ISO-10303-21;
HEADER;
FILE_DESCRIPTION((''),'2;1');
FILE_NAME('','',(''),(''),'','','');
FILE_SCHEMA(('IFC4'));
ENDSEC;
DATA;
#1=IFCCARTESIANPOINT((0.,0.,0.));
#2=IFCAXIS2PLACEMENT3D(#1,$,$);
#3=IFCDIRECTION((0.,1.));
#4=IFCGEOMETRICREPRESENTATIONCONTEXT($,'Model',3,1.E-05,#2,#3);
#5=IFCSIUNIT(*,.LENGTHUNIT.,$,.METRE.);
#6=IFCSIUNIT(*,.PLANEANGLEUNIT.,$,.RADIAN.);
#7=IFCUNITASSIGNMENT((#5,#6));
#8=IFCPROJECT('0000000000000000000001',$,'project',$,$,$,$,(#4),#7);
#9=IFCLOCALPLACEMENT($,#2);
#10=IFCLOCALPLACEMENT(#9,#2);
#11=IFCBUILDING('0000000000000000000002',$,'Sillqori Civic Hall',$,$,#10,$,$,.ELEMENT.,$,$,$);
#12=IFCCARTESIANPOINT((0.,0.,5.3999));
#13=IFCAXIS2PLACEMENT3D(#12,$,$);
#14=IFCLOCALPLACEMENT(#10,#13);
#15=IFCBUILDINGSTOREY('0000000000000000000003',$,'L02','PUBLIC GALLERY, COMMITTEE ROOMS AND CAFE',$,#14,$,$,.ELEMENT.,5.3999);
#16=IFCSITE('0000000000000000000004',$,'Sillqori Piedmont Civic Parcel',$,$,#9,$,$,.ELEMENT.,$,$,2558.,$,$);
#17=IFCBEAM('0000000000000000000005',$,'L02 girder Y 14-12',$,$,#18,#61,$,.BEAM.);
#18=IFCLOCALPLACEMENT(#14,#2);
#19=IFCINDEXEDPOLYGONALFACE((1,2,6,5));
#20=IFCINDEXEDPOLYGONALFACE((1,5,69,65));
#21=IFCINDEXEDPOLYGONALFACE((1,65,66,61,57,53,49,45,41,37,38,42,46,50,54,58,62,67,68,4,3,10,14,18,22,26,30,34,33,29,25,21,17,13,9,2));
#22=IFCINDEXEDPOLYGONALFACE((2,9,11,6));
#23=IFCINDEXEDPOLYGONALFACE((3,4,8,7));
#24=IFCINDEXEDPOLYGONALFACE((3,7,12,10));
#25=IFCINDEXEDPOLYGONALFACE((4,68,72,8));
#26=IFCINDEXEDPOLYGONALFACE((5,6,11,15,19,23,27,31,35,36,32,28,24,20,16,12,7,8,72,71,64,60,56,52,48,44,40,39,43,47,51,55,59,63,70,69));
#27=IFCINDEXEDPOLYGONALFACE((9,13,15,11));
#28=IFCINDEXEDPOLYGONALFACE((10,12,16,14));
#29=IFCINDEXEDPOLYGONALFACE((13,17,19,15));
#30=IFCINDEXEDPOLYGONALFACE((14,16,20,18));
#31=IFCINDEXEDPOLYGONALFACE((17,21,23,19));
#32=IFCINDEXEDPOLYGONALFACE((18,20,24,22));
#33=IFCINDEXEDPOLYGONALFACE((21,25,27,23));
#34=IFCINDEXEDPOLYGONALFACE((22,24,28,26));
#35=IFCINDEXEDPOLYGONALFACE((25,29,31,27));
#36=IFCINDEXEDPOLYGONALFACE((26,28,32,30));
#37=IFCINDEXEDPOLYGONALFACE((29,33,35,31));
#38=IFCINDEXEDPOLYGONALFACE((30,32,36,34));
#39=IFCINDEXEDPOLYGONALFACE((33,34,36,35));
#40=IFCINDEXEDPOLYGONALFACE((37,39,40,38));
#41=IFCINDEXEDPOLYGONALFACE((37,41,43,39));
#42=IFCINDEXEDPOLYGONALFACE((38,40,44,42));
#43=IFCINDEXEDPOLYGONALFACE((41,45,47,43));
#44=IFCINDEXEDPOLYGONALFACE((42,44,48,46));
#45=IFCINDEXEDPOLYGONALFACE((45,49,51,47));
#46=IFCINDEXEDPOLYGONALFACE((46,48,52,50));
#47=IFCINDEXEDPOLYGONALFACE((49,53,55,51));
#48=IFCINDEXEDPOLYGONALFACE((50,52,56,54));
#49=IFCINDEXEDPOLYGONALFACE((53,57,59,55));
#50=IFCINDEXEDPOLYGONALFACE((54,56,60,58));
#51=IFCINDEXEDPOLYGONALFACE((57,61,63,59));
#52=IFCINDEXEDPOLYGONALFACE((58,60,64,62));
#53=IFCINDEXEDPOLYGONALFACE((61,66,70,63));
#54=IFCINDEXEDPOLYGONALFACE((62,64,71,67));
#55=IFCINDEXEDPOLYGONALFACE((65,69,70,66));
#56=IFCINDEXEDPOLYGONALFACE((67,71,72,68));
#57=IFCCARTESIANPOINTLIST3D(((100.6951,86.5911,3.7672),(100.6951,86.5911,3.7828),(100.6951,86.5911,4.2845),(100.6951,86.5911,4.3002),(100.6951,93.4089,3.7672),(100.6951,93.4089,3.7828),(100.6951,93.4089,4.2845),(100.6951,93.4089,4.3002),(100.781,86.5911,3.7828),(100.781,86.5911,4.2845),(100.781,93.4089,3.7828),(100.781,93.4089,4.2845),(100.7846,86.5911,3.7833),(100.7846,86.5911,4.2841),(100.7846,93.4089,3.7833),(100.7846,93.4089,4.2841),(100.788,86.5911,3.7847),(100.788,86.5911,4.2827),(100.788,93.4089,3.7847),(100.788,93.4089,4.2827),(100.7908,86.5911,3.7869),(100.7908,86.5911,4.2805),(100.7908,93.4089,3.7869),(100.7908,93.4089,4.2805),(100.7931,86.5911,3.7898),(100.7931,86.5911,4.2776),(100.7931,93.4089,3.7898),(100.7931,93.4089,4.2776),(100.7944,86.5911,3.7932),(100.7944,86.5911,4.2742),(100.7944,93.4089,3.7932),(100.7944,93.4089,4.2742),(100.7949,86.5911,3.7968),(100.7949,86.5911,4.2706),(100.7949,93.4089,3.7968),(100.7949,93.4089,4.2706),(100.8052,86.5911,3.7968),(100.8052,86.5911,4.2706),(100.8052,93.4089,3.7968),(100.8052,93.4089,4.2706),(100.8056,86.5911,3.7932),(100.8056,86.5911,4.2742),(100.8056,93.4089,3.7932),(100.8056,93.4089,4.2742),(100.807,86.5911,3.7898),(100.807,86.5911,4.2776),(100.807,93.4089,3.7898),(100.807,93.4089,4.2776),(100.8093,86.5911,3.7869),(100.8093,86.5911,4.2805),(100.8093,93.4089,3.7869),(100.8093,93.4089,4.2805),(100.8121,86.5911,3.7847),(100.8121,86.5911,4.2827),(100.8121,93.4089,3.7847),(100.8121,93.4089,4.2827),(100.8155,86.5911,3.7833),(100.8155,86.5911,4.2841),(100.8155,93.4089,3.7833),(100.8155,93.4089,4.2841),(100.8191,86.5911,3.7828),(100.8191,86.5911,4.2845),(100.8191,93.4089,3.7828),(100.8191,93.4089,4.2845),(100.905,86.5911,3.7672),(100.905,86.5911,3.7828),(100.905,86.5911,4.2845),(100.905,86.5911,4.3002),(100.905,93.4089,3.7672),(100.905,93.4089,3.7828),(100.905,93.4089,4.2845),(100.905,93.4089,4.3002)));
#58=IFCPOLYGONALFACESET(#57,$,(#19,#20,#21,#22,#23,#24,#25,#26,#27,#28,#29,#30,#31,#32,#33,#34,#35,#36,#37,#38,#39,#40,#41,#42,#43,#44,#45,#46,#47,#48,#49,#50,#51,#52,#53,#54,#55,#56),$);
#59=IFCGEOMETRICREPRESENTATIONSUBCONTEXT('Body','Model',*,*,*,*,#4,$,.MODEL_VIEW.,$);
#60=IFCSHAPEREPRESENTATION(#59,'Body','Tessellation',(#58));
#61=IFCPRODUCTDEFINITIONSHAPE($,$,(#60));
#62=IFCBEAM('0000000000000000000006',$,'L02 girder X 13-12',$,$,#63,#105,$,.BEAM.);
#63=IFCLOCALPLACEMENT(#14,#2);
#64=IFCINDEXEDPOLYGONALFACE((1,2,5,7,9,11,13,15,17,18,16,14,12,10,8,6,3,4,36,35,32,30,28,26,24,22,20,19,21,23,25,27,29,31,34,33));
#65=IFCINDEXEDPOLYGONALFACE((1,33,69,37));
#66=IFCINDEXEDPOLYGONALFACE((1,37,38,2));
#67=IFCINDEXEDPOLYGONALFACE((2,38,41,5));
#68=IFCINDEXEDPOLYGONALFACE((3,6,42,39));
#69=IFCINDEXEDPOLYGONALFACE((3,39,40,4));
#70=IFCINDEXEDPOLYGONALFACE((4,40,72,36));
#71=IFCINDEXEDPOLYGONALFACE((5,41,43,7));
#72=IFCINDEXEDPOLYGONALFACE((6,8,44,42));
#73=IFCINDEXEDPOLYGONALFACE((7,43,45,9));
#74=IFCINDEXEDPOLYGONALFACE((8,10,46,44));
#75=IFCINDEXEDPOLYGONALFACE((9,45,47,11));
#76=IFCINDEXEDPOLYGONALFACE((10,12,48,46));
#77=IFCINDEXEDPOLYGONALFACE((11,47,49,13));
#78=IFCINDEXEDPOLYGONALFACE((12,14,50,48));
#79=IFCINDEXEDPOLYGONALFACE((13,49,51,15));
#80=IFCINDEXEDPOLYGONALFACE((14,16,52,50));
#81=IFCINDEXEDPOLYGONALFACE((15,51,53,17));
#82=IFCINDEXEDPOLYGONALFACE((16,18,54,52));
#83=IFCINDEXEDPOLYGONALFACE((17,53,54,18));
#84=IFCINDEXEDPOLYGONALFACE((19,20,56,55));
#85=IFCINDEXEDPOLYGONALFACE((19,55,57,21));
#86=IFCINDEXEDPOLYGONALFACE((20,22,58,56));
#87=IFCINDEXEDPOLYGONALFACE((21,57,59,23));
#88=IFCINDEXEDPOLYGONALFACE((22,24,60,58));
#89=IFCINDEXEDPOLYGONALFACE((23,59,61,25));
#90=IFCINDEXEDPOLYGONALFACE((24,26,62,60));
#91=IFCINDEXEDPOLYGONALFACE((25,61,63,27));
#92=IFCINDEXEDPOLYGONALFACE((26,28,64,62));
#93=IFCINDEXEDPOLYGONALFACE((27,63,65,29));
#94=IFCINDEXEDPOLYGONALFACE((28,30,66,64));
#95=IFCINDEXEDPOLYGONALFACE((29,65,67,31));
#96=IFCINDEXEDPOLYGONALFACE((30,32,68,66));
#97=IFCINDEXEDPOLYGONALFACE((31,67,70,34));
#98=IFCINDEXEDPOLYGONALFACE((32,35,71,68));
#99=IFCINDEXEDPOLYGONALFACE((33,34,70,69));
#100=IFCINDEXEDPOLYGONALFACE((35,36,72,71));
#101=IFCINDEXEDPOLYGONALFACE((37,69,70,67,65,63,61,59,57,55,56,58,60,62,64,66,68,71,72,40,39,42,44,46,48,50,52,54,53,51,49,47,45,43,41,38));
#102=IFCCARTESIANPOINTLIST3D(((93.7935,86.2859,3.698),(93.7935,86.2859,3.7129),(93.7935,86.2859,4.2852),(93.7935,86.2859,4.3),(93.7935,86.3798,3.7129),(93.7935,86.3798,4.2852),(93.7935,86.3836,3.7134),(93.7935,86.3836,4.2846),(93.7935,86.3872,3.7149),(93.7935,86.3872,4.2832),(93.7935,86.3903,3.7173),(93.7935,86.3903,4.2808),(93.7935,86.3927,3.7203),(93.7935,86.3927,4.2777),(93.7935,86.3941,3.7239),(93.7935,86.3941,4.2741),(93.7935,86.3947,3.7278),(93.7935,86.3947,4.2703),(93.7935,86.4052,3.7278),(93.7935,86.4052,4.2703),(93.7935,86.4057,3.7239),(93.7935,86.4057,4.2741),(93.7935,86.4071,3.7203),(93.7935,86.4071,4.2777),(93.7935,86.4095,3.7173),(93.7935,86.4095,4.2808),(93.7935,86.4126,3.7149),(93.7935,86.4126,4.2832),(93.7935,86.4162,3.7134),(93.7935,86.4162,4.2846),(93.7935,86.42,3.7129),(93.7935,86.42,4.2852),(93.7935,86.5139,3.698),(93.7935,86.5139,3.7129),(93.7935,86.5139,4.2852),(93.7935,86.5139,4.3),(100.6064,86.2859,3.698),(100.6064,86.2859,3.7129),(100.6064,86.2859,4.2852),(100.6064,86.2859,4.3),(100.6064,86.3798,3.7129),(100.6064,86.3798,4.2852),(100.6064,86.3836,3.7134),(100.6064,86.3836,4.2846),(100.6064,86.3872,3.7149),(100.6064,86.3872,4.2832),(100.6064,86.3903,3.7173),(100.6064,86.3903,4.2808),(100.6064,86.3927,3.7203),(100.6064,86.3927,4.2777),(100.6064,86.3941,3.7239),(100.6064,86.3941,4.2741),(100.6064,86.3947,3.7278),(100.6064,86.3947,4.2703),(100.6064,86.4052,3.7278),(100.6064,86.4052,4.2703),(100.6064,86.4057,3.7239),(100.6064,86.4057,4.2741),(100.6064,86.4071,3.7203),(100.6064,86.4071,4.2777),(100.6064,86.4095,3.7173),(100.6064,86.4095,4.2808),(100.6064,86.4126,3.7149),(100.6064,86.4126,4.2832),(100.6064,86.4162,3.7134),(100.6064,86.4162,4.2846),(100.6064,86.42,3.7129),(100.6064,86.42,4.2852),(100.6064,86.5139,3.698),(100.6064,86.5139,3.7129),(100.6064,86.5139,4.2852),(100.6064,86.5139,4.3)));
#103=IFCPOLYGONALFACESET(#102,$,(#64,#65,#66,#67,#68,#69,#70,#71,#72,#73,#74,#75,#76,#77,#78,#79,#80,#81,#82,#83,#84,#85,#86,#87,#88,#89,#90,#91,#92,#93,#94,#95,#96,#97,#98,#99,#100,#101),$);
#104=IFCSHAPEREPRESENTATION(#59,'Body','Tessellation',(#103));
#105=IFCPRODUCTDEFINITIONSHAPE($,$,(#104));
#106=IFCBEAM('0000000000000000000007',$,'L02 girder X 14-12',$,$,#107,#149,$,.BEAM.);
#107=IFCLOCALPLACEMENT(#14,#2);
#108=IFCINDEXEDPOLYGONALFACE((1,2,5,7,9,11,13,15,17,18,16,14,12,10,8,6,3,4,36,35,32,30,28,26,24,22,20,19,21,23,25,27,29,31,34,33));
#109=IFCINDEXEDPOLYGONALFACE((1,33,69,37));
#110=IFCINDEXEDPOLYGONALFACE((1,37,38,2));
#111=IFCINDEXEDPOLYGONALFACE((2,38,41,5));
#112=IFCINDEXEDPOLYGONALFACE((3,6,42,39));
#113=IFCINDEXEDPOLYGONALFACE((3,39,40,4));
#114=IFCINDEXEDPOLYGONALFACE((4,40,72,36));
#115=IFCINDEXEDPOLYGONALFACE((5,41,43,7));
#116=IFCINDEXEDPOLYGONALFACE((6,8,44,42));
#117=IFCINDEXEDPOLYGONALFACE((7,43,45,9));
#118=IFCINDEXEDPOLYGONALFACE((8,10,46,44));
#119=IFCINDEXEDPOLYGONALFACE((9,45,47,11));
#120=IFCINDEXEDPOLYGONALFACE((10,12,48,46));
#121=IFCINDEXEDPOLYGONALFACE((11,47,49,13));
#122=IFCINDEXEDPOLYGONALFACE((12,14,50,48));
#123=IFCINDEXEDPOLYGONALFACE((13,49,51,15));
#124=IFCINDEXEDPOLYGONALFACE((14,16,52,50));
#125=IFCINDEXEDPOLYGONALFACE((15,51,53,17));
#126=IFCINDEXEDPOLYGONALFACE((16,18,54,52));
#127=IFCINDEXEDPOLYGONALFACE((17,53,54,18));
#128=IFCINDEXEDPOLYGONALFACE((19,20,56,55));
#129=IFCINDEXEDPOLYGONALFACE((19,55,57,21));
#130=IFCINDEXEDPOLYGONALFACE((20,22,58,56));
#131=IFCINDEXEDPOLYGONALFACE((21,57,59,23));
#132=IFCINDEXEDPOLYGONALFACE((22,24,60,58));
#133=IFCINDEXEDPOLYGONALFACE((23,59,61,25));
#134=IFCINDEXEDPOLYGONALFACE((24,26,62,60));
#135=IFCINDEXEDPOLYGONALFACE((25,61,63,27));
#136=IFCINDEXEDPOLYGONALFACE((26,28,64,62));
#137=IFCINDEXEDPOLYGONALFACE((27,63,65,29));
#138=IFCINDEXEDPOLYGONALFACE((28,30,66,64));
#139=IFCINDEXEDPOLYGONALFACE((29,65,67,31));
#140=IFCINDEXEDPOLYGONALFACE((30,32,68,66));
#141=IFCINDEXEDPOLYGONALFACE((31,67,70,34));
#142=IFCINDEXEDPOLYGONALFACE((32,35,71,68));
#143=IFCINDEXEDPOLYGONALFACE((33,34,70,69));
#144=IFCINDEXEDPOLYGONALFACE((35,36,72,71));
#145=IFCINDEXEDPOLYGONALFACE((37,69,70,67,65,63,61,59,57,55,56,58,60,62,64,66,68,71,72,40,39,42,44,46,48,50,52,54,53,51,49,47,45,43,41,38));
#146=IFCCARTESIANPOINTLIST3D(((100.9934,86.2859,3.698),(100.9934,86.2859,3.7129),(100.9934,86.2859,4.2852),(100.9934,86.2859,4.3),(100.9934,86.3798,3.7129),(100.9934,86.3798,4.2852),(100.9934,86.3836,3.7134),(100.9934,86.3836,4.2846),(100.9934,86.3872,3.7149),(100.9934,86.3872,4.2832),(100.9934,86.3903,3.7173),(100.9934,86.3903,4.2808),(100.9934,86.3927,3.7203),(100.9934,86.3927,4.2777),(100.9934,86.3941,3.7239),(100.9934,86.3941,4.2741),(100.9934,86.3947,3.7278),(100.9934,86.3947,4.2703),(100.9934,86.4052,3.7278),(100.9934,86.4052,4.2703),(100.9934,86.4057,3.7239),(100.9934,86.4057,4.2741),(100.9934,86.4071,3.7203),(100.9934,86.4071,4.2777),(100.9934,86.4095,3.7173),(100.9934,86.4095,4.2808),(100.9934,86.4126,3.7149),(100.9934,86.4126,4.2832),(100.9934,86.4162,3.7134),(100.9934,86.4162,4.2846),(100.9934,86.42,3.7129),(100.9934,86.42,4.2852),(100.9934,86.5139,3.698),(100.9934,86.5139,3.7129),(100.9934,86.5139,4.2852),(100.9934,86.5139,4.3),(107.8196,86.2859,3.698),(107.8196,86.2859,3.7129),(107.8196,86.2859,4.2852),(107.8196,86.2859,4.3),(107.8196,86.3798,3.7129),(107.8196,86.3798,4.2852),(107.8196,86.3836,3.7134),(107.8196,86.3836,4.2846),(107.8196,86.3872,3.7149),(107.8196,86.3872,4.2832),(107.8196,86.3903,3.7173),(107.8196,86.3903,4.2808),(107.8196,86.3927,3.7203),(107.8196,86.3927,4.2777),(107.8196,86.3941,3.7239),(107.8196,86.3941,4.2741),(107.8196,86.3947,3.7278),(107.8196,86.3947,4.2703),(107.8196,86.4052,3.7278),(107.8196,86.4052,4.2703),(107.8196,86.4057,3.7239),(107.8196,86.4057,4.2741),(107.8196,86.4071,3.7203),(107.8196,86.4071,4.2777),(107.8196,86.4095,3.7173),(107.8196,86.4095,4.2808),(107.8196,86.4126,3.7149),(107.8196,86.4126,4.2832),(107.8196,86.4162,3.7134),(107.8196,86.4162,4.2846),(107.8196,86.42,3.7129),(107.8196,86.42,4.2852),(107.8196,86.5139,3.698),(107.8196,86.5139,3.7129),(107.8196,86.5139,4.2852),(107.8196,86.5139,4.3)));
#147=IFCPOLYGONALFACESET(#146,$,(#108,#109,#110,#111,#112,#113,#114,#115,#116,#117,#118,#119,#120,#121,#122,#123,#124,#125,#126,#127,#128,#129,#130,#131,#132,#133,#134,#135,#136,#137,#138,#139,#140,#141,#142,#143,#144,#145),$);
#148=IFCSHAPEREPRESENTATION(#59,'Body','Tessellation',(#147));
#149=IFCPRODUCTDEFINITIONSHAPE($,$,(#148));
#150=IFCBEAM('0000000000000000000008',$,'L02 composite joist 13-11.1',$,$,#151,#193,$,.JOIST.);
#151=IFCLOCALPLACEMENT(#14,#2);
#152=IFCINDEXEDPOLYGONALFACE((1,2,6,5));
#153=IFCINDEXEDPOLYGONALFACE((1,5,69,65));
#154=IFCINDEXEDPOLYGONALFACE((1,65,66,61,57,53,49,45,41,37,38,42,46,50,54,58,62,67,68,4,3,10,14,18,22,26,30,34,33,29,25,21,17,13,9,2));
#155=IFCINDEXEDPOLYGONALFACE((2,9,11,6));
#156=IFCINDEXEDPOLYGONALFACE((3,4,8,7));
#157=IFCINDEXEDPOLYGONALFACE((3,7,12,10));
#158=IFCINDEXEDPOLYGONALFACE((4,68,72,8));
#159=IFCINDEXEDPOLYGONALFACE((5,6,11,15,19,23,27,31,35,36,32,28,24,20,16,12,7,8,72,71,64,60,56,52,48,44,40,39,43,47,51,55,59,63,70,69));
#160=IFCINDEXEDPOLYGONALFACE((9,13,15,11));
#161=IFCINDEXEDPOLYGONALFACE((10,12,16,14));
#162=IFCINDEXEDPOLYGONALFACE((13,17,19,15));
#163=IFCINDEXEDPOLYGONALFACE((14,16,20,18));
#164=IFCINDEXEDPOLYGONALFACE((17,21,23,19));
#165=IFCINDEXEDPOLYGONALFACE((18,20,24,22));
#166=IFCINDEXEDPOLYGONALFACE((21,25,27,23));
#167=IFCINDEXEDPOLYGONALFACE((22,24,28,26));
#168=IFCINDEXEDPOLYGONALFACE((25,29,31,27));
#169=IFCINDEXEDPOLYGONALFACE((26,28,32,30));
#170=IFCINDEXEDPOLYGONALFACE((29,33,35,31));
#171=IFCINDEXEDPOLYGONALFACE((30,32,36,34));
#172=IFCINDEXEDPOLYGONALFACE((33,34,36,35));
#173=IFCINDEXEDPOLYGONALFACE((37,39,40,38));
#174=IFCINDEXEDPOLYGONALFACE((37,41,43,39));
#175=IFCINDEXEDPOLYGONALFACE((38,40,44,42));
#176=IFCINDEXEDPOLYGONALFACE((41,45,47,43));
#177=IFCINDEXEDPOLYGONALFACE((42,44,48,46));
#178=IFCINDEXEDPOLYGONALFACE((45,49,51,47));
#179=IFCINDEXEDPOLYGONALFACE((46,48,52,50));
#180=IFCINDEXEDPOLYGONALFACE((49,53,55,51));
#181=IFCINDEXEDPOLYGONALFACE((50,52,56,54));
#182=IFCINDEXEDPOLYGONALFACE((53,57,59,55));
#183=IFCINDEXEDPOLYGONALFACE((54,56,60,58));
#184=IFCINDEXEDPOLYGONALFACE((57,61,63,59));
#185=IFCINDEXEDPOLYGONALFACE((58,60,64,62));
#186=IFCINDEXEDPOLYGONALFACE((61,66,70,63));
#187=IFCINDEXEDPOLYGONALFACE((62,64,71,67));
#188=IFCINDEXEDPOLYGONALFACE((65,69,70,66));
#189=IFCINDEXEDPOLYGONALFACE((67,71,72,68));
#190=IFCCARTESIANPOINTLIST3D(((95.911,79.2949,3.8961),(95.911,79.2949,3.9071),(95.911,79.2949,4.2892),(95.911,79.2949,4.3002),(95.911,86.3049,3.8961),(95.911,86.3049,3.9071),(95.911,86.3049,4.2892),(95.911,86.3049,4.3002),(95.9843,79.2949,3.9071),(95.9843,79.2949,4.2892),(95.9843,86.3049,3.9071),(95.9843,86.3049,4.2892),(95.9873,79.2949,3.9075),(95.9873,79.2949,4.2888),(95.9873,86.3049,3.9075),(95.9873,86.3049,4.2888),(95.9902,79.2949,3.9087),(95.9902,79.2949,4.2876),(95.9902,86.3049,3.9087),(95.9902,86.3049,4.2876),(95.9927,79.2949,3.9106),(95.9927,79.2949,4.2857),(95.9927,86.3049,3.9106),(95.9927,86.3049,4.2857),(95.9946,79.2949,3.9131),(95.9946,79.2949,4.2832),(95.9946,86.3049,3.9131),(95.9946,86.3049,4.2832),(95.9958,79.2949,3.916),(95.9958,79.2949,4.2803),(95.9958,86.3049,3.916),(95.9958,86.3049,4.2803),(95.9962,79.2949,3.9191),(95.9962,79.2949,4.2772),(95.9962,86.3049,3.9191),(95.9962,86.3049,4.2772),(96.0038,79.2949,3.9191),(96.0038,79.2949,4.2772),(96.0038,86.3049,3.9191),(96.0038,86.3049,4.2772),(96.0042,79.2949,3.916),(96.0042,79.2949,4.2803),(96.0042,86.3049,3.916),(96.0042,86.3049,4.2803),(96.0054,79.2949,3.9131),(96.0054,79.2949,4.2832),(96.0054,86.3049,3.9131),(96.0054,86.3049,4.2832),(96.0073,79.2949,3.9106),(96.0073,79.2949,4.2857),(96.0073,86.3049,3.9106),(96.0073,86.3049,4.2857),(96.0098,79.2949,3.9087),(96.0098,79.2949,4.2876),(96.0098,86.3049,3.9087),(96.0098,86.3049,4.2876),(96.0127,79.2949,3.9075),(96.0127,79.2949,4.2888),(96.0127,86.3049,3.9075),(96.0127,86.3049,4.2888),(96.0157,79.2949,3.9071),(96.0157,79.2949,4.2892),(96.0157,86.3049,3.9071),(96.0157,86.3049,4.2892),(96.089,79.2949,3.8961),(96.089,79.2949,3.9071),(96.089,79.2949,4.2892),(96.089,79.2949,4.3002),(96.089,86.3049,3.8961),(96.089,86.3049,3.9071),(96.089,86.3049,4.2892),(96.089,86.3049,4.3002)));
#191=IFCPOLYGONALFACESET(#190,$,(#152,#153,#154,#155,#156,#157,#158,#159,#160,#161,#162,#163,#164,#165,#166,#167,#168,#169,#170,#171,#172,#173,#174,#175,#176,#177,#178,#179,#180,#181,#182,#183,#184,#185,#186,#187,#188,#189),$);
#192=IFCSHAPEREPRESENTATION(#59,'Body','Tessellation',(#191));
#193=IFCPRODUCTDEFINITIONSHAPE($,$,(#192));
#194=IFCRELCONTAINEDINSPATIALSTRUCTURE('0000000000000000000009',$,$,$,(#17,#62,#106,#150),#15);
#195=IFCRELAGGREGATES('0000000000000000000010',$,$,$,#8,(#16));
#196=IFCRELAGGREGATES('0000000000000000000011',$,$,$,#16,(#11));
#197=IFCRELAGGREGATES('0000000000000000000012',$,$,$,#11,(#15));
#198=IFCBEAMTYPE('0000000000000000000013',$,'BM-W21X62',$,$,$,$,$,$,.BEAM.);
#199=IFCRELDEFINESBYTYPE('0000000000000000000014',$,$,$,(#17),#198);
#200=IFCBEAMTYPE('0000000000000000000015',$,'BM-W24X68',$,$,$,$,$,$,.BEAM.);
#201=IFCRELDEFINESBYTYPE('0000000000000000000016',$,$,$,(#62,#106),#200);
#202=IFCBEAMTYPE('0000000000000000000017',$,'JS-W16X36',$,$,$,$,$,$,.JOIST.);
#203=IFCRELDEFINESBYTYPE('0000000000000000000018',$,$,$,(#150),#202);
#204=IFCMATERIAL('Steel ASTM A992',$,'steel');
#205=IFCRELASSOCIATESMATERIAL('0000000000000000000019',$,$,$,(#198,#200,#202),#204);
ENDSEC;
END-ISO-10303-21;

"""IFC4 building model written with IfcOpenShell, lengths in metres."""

from ifc_helpers import new_model, si_unit, direction, frame, origin, origin_2d, place, context, subcontext, project, spatial, i_section, extrude, material, material_profile, profile_set, type_object, element, save


model = new_model("IFC4")

# Units and contexts
model_context = context("Model", 3, precision=1e-05, world=origin(), true_north=direction((0.0, 1.0)))
body_context = subcontext(model_context, "Body", "Model", "MODEL_VIEW")
ifc_project = project(units=[si_unit("LENGTHUNIT", "METRE"), si_unit("PLANEANGLEUNIT", "RADIAN")], contexts=[model_context])

# Site, building, storey
site_placement = place(None, origin())
site = spatial("IfcSite", under=ifc_project, at=site_placement, Name="Sillqori Piedmont Civic Parcel", CompositionType="ELEMENT", RefElevation=2558.0)
building_placement = place(site_placement, origin())
building = spatial("IfcBuilding", under=site, at=building_placement, Name="Sillqori Civic Hall", CompositionType="ELEMENT")
storey_placement = place(building_placement, frame((0.0, 0.0, 5.3999)))
storey = spatial("IfcBuildingStorey", under=building, at=storey_placement, Name="L02", Description="PUBLIC GALLERY, COMMITTEE ROOMS AND CAFE", CompositionType="ELEMENT", Elevation=5.3999)

# Shared definitions
ifc_material_1 = material(Name="Steel ASTM A992", Category="steel")

# Beams
ifc_material_profile_1 = material_profile(ifc_material_1, i_section(OverallWidth=0.21, OverallDepth=0.533, WebThickness=0.0103, FlangeThickness=0.0156, FilletRadius=0.0139, at=origin_2d()), Name="W21X62")
ifc_profile_set_1 = profile_set([ifc_material_profile_1], Name="Steel ASTM A992")
beam_type_1 = type_object("IfcBeamType", Name="BM-W21X62", PredefinedType="BEAM", material=ifc_profile_set_1)
beam_1_placement = place(storey_placement, frame((100.8, 86.5911, 4.0337), z_axis=(0.0, 1.0, 0.0), x_axis=(-1.0, 0.0, 0.0)))
element("IfcBeam", 1, at=beam_1_placement, inside=storey, type_object=beam_type_1, Name="L02 girder Y 14-12", PredefinedType="BEAM", context=body_context, shape_type="SweptSolid", body=[
    extrude(i_section(OverallWidth=0.21, OverallDepth=0.533, WebThickness=0.0103, FlangeThickness=0.0156, FilletRadius=0.0139, at=origin_2d()), origin(), (0.0, 0.0, 1.0), 6.8179),
])
ifc_material_profile_2 = material_profile(ifc_material_1, i_section(OverallWidth=0.228, OverallDepth=0.6021, WebThickness=0.0105, FlangeThickness=0.0149, FilletRadius=0.0149, at=origin_2d()), Name="W24X68")
ifc_profile_set_2 = profile_set([ifc_material_profile_2], Name="Steel ASTM A992")
beam_type_2 = type_object("IfcBeamType", Name="BM-W24X68", PredefinedType="BEAM", material=ifc_profile_set_2)
beam_2_placement = place(storey_placement, frame((93.7935, 86.3999, 3.999), z_axis=(1.0, 0.0, 0.0), x_axis=(0.0, 1.0, 0.0)))
element("IfcBeam", 2, at=beam_2_placement, inside=storey, type_object=beam_type_2, Name="L02 girder X 13-12", PredefinedType="BEAM", context=body_context, shape_type="SweptSolid", body=[
    extrude(i_section(OverallWidth=0.228, OverallDepth=0.6021, WebThickness=0.0105, FlangeThickness=0.0149, FilletRadius=0.0149, at=origin_2d()), origin(), (0.0, 0.0, 1.0), 6.813),
])
beam_3_placement = place(storey_placement, frame((100.9934, 86.3999, 3.999), z_axis=(1.0, 0.0, 0.0), x_axis=(0.0, 1.0, 0.0)))
element("IfcBeam", 3, at=beam_3_placement, inside=storey, type_object=beam_type_2, Name="L02 girder X 14-12", PredefinedType="BEAM", context=body_context, shape_type="SweptSolid", body=[
    extrude(i_section(OverallWidth=0.228, OverallDepth=0.6021, WebThickness=0.0105, FlangeThickness=0.0149, FilletRadius=0.0149, at=origin_2d()), origin(), (0.0, 0.0, 1.0), 6.8262),
])
ifc_material_profile_3 = material_profile(ifc_material_1, i_section(OverallWidth=0.178, OverallDepth=0.4041, WebThickness=0.0076, FlangeThickness=0.011, FilletRadius=0.012, at=origin_2d()), Name="W16X36")
ifc_profile_set_3 = profile_set([ifc_material_profile_3], Name="Steel ASTM A992")
beam_type_3 = type_object("IfcBeamType", Name="JS-W16X36", PredefinedType="JOIST", material=ifc_profile_set_3)
for number, where, z_axis, x_axis, name in (
    (4, (96.0, 79.2949, 4.0981), (0.0, 1.0, 0.0), (-1.0, 0.0, 0.0), "L02 composite joist 13-11.1"),
):
    element("IfcBeam", number, at=place(storey_placement, frame(where, z_axis=z_axis, x_axis=x_axis)), inside=storey, type_object=beam_type_3, Name=name, PredefinedType="JOIST", context=body_context, shape_type="SweptSolid", body=[
        extrude(i_section(OverallWidth=0.178, OverallDepth=0.4041, WebThickness=0.0076, FlangeThickness=0.011, FilletRadius=0.012, at=origin_2d()), origin(), (0.0, 0.0, 1.0), 7.01),
    ])

save(model, "model.ifc")
